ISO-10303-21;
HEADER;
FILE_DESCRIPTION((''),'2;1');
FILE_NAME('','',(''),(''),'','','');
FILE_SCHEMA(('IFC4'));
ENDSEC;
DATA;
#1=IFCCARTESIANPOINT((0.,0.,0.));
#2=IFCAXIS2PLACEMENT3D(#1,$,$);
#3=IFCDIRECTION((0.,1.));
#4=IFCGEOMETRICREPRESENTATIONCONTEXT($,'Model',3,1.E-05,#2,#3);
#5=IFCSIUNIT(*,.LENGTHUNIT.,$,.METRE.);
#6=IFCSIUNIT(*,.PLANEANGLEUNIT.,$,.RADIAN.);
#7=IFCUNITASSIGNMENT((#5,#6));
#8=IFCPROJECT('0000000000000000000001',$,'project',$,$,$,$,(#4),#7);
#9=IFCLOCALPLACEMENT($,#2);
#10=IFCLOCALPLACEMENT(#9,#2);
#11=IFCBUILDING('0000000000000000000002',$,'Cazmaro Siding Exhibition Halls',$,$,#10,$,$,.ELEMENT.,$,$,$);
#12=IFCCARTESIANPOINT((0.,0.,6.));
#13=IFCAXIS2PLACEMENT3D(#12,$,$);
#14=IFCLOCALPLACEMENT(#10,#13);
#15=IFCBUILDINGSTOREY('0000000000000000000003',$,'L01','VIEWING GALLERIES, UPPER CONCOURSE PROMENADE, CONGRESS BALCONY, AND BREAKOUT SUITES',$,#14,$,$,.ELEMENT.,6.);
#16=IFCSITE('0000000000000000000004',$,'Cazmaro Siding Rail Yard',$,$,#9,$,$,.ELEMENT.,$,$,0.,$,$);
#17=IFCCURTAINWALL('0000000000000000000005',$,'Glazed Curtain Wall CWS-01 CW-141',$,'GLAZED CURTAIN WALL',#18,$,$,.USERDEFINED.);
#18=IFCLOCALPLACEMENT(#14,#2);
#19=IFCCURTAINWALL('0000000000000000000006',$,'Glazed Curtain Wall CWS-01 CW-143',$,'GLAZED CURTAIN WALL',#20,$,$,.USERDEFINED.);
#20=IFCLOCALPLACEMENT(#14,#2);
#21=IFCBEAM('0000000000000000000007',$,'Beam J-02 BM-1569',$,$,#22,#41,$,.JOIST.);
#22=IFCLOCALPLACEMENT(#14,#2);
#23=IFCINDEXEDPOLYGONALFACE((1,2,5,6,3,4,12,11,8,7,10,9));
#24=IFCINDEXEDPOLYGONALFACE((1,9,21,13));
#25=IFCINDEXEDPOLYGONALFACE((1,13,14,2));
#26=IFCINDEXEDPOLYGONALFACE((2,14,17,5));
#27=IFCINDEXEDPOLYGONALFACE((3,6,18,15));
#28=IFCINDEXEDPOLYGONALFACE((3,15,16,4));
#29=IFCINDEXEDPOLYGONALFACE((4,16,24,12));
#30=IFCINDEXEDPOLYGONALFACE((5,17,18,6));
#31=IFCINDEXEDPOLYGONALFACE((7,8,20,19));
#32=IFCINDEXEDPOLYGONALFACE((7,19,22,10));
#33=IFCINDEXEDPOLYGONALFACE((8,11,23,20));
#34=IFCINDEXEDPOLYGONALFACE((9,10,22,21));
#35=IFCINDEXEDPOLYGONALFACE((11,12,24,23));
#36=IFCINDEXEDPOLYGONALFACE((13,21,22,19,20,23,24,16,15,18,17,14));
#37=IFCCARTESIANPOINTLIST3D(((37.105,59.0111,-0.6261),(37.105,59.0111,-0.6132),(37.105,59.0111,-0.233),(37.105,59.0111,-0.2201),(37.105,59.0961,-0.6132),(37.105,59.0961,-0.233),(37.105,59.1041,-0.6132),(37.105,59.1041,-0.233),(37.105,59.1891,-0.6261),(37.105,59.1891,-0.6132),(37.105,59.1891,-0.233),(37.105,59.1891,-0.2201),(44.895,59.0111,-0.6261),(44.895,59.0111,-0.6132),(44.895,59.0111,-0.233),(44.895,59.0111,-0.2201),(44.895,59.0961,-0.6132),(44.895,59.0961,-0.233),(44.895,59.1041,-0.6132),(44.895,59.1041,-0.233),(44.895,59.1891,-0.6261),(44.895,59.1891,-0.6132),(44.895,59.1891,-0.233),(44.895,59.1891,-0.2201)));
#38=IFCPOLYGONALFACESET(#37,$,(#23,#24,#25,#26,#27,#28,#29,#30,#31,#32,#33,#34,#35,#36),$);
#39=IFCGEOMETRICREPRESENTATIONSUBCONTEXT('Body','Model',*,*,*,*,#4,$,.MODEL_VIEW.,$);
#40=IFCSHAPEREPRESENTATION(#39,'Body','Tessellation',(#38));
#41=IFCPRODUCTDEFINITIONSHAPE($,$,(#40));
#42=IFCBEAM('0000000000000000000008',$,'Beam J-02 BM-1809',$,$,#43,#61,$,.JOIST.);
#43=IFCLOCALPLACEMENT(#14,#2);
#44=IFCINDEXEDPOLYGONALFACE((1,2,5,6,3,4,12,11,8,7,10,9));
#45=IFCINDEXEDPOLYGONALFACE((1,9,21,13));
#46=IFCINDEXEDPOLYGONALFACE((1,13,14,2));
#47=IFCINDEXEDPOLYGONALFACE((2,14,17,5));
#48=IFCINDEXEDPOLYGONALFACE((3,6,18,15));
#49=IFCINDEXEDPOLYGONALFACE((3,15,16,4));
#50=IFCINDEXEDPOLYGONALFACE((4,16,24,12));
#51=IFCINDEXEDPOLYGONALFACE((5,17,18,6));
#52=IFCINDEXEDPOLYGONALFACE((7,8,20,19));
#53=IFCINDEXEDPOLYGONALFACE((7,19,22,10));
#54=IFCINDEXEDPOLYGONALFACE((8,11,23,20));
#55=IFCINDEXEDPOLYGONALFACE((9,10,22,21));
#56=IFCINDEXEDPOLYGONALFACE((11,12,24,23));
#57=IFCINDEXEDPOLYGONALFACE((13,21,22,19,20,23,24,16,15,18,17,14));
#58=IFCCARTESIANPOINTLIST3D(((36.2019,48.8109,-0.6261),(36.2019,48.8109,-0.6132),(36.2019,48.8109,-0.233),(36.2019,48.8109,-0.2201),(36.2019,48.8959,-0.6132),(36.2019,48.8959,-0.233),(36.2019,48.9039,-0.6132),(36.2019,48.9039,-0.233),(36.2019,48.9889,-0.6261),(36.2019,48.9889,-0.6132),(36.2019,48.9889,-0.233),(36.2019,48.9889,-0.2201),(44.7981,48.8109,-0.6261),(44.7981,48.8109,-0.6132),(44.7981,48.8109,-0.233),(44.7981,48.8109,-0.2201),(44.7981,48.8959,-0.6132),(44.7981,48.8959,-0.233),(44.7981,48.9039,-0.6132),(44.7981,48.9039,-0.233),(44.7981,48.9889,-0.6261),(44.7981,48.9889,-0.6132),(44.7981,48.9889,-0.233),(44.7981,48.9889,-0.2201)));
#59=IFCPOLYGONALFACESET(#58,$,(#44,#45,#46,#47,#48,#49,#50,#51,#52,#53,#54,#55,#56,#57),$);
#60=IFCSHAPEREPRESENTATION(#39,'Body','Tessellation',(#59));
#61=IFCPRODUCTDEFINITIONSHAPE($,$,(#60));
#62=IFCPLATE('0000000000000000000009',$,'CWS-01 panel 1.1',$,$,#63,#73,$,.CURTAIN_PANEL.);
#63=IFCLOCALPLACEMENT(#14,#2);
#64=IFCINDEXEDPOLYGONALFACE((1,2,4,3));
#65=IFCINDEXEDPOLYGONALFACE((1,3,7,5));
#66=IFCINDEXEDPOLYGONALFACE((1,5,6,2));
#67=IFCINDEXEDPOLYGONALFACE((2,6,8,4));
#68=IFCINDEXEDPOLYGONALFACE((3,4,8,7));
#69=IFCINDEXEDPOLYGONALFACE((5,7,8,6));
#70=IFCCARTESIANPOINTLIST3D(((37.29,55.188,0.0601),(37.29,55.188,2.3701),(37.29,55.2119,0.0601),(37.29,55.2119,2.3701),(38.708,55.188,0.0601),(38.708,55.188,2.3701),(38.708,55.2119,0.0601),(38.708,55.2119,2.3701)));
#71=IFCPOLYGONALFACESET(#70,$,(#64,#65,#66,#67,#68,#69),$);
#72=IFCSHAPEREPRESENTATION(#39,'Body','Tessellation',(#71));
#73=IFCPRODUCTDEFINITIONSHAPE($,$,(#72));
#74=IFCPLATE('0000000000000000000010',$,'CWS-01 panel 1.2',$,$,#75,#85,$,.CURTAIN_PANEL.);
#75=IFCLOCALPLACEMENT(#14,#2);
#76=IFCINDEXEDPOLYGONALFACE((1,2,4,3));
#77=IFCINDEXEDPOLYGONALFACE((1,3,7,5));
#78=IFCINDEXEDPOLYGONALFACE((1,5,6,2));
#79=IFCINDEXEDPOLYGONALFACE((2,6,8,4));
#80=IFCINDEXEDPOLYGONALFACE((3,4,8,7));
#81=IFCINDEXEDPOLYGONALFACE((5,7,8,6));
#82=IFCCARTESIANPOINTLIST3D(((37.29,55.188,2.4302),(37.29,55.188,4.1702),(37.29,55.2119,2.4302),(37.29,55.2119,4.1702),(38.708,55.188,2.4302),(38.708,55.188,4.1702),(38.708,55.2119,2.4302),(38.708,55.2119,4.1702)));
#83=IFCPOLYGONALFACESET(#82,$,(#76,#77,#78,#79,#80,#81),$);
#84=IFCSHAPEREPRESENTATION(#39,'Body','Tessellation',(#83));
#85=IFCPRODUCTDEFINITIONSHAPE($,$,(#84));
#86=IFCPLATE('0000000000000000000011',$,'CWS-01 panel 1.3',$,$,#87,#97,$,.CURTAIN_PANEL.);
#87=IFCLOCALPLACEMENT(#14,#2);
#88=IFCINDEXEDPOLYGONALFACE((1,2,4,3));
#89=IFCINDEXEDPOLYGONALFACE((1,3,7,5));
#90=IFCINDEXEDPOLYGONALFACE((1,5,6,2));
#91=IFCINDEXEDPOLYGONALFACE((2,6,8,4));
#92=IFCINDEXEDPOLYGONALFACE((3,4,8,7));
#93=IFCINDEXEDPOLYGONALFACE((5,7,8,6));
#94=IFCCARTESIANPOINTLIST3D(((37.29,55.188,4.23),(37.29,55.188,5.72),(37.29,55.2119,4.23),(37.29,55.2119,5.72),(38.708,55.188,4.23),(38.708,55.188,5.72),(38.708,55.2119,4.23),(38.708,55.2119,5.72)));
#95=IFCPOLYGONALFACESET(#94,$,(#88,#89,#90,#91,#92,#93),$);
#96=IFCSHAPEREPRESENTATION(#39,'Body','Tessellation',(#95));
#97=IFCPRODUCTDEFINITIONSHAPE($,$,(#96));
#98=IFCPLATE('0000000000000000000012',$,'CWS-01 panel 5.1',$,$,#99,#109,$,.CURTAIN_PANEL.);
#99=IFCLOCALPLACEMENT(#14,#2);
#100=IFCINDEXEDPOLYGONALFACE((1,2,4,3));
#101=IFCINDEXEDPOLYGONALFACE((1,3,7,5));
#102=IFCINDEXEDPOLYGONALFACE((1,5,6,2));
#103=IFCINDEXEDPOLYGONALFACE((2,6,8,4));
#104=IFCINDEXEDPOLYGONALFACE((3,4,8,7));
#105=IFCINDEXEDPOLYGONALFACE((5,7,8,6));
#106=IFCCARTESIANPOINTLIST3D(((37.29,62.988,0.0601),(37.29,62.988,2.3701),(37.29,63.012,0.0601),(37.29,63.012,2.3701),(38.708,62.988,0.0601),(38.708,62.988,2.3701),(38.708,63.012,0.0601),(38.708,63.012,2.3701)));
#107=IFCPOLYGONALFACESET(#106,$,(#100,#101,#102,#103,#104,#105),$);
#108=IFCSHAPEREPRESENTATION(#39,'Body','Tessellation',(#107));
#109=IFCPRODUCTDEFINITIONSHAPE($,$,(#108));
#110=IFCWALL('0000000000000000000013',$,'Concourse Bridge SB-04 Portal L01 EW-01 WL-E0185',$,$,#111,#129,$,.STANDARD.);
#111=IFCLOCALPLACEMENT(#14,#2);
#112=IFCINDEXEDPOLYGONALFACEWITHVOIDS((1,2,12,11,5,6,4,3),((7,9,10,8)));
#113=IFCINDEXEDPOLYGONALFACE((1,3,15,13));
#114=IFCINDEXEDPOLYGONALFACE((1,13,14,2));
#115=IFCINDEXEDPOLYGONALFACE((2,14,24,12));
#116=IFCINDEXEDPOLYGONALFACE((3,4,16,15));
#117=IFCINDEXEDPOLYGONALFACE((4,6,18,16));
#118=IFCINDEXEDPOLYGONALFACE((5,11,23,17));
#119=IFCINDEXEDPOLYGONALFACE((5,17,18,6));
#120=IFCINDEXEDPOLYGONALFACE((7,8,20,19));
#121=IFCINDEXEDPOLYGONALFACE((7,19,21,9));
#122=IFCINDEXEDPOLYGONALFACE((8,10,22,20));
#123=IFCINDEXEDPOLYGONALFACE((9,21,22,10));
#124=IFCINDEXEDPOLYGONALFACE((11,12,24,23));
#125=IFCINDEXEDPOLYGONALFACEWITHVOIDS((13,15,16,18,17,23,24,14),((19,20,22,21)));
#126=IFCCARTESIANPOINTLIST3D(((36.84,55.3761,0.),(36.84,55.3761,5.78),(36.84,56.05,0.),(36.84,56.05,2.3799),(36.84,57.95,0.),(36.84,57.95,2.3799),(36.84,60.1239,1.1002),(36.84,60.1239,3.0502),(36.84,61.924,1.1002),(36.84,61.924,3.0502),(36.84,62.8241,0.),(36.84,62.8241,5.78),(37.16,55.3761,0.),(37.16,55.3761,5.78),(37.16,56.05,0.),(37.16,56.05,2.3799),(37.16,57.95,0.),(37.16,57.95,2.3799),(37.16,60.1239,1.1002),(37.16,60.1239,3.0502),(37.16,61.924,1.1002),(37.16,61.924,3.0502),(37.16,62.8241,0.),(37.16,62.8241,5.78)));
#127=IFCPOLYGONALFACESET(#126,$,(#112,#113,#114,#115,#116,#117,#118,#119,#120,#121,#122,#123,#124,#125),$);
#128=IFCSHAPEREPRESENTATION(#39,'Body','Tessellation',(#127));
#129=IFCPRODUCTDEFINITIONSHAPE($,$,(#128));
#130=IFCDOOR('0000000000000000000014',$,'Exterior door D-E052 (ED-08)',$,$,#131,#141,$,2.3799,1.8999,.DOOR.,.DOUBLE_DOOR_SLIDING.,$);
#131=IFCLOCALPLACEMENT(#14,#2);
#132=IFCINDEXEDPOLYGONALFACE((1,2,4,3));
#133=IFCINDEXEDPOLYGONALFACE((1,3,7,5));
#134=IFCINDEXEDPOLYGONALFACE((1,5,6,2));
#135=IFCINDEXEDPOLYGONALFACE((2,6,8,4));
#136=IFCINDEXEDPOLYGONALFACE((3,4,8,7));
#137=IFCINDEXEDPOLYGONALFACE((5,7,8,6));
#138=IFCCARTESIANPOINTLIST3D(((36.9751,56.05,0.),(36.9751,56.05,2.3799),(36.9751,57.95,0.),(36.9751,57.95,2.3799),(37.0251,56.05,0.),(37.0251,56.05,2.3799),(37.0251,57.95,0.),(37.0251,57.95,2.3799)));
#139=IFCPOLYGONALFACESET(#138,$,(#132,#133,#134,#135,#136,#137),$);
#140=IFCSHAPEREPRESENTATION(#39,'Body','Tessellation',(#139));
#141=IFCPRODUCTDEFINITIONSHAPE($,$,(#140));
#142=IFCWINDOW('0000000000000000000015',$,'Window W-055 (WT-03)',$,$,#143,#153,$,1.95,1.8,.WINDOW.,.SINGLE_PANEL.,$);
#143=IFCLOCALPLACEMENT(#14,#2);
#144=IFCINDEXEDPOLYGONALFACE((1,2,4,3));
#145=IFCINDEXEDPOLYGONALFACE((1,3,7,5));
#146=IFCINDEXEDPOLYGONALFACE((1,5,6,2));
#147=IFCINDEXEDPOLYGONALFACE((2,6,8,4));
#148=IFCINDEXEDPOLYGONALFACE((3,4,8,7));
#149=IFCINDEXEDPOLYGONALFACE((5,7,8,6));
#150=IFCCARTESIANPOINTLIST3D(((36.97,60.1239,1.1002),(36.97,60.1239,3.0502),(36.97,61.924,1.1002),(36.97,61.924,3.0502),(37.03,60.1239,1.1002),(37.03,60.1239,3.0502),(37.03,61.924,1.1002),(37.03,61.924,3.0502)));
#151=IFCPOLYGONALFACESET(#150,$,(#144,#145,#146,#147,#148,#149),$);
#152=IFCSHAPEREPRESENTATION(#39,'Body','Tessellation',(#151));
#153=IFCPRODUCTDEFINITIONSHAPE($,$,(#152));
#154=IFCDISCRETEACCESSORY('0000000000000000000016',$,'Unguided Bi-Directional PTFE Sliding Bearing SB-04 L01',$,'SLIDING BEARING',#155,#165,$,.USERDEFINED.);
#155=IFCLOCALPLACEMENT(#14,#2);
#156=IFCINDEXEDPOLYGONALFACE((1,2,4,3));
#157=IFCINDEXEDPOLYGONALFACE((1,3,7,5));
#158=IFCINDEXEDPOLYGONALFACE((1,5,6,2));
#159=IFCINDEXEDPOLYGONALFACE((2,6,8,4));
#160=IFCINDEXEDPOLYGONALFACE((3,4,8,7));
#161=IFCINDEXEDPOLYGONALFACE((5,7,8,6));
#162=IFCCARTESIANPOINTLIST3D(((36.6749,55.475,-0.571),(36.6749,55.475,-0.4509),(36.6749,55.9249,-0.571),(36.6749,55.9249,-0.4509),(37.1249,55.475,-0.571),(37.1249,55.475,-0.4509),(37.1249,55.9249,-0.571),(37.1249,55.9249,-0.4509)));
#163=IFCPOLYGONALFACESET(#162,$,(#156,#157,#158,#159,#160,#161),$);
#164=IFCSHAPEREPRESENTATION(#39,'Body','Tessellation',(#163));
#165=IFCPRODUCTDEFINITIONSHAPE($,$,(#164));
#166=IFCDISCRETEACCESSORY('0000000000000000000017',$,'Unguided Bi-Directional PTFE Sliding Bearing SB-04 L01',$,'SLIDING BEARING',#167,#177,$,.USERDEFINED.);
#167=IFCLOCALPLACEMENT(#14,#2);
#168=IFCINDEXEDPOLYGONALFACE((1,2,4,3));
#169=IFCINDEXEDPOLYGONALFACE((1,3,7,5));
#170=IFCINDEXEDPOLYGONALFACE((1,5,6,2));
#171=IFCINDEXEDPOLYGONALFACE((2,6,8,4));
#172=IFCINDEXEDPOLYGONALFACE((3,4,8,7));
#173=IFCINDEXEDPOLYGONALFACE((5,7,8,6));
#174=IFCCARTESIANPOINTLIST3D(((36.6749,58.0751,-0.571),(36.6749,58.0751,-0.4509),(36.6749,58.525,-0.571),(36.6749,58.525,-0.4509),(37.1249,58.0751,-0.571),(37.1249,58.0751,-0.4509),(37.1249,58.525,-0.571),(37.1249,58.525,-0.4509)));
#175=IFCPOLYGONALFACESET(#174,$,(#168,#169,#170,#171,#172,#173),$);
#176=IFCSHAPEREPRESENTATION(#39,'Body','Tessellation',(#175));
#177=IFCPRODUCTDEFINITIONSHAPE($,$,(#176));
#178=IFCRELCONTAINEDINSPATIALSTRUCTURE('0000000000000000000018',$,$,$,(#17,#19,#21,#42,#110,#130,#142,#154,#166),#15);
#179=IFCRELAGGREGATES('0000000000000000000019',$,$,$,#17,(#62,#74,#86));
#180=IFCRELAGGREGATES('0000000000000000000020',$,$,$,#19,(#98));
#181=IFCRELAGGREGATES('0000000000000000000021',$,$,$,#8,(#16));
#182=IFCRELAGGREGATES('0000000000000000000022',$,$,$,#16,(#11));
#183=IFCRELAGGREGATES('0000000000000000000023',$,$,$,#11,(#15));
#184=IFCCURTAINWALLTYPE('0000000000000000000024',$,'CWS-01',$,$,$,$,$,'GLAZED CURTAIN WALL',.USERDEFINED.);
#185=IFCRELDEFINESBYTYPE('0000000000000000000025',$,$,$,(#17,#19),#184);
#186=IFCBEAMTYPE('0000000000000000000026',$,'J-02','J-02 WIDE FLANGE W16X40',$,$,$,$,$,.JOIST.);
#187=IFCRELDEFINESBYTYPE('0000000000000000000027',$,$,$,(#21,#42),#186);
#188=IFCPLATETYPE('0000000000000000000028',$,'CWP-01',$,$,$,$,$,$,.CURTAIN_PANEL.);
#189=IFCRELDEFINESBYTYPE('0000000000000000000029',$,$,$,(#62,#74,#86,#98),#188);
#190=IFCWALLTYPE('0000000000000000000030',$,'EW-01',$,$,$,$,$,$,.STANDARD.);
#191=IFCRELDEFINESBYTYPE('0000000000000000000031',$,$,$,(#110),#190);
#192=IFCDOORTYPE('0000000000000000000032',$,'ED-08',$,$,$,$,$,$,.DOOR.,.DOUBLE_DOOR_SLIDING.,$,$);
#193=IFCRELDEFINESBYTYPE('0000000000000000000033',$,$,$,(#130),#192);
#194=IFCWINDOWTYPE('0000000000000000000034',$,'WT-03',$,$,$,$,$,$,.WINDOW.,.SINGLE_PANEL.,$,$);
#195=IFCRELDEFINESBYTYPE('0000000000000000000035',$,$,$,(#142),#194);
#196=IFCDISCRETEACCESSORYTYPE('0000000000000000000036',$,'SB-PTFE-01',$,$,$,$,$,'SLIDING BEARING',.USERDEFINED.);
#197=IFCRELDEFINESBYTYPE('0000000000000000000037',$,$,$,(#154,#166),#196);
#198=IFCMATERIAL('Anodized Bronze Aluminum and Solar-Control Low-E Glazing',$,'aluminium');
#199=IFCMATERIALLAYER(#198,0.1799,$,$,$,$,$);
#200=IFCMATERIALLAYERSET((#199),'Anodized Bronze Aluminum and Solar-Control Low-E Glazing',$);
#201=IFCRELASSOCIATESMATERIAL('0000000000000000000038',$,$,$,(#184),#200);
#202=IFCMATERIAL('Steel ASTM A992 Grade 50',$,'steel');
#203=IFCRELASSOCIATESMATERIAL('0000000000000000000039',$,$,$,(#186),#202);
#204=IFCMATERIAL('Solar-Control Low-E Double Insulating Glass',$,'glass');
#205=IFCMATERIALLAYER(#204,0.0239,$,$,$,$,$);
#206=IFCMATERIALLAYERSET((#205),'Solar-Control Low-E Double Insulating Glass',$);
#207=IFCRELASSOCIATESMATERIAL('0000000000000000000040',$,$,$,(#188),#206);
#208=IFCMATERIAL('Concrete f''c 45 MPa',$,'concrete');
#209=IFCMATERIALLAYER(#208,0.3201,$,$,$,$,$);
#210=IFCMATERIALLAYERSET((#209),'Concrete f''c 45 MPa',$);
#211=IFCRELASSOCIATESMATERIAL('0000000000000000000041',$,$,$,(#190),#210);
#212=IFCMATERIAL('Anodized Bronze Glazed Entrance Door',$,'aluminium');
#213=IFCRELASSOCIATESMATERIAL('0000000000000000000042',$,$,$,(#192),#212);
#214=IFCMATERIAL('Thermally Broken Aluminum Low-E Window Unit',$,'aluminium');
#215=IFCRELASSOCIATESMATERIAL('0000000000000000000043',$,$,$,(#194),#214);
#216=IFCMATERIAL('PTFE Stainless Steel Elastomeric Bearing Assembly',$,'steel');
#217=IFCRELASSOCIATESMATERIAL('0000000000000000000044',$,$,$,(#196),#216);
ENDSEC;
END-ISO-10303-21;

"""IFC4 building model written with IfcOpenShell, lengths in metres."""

from ifc_helpers import new_model, si_unit, direction, frame, frame_2d, origin, origin_2d, place, context, subcontext, project, spatial, rectangle, i_section, extrude, material, layer, layer_set, material_profile, profile_set, type_object, element, fill, aggregate, save


model = new_model("IFC4")

# Units and contexts
model_context = context("Model", 3, precision=1e-05, world=origin(), true_north=direction((0.0, 1.0)))
body_context = subcontext(model_context, "Body", "Model", "MODEL_VIEW")
ifc_project = project(units=[si_unit("LENGTHUNIT", "METRE"), si_unit("PLANEANGLEUNIT", "RADIAN")], contexts=[model_context])

# Site, building, storey
site_placement = place(None, origin())
site = spatial("IfcSite", under=ifc_project, at=site_placement, Name="Cazmaro Siding Rail Yard", CompositionType="ELEMENT", RefElevation=0.0)
building_placement = place(site_placement, origin())
building = spatial("IfcBuilding", under=site, at=building_placement, Name="Cazmaro Siding Exhibition Halls", CompositionType="ELEMENT")
storey_placement = place(building_placement, frame((0.0, 0.0, 6.0)))
storey = spatial("IfcBuildingStorey", under=building, at=storey_placement, Name="L01", Description="VIEWING GALLERIES, UPPER CONCOURSE PROMENADE, CONGRESS BALCONY, AND BREAKOUT SUITES", CompositionType="ELEMENT", Elevation=6.0)

# Curtain walls
ifc_material_1 = material(Name="Anodized Bronze Aluminum and Solar-Control Low-E Glazing", Category="aluminium")
ifc_layer_1 = layer(ifc_material_1, 0.1799)
ifc_layer_set_1 = layer_set([ifc_layer_1], Name="Anodized Bronze Aluminum and Solar-Control Low-E Glazing")
curtain_wall_type = type_object("IfcCurtainWallType", Name="CWS-01", ElementType="GLAZED CURTAIN WALL", PredefinedType="USERDEFINED", material=ifc_layer_set_1)
curtain_wall_1_placement = place(storey_placement, origin())
curtain_wall_1 = element("IfcCurtainWall", 1, at=curtain_wall_1_placement, inside=storey, type_object=curtain_wall_type, Name="Glazed Curtain Wall CWS-01 CW-141", ObjectType="GLAZED CURTAIN WALL", PredefinedType="USERDEFINED")
curtain_wall_2_placement = place(storey_placement, origin())
curtain_wall_2 = element("IfcCurtainWall", 2, at=curtain_wall_2_placement, inside=storey, type_object=curtain_wall_type, Name="Glazed Curtain Wall CWS-01 CW-143", ObjectType="GLAZED CURTAIN WALL", PredefinedType="USERDEFINED")

# Beams
ifc_material_2 = material(Name="Steel ASTM A992 Grade 50", Category="steel")
ifc_material_profile_1 = material_profile(ifc_material_2, i_section(OverallWidth=0.178, OverallDepth=0.406, WebThickness=0.0081, FlangeThickness=0.0129, at=origin_2d()), Name="W16X40")
ifc_profile_set_1 = profile_set([ifc_material_profile_1], Name="Steel ASTM A992 Grade 50")
beam_type_1 = type_object("IfcBeamType", Name="J-02", Description="J-02 WIDE FLANGE W16X40", PredefinedType="JOIST", material=ifc_profile_set_1)
beam_1_placement = place(storey_placement, frame((37.105, 59.1001, -0.4231), z_axis=(1.0, 0.0, 0.0), x_axis=(0.0, 1.0, 0.0)))
element("IfcBeam", 3, at=beam_1_placement, inside=storey, type_object=beam_type_1, Name="Beam J-02 BM-1569", PredefinedType="JOIST", context=body_context, shape_type="SweptSolid", body=[
    extrude(i_section(OverallWidth=0.178, OverallDepth=0.406, WebThickness=0.0081, FlangeThickness=0.0129, at=origin_2d()), origin(), (0.0, 0.0, 1.0), 7.79),
])
beam_2_placement = place(storey_placement, frame((36.2019, 48.8999, -0.4231), z_axis=(1.0, 0.0, 0.0), x_axis=(0.0, 1.0, 0.0)))
element("IfcBeam", 4, at=beam_2_placement, inside=storey, type_object=beam_type_1, Name="Beam J-02 BM-1809", PredefinedType="JOIST", context=body_context, shape_type="SweptSolid", body=[
    extrude(i_section(OverallWidth=0.178, OverallDepth=0.406, WebThickness=0.0081, FlangeThickness=0.0129, at=origin_2d()), origin(), (0.0, 0.0, 1.0), 8.5962),
])

# Plates
ifc_material_3 = material(Name="Solar-Control Low-E Double Insulating Glass", Category="glass")
ifc_layer_2 = layer(ifc_material_3, 0.0239)
ifc_layer_set_2 = layer_set([ifc_layer_2], Name="Solar-Control Low-E Double Insulating Glass")
plate_type = type_object("IfcPlateType", Name="CWP-01", PredefinedType="CURTAIN_PANEL", material=ifc_layer_set_2)
plate_1_placement = place(storey_placement, frame((37.999, 55.2, 0.0601), z_axis=(0.0, 0.0, 1.0), x_axis=(1.0, 0.0, 0.0)))
plate_1 = element("IfcPlate", 5, at=plate_1_placement, type_object=plate_type, Name="CWS-01 panel 1.1", PredefinedType="CURTAIN_PANEL", context=body_context, shape_type="SweptSolid", body=[
    extrude(rectangle(XDim=1.418, YDim=0.0239, at=origin_2d()), origin(), (0.0, 0.0, 1.0), 2.3101),
])
plate_2_placement = place(storey_placement, frame((37.999, 55.2, 2.4302), z_axis=(0.0, 0.0, 1.0), x_axis=(1.0, 0.0, 0.0)))
plate_2 = element("IfcPlate", 6, at=plate_2_placement, type_object=plate_type, Name="CWS-01 panel 1.2", PredefinedType="CURTAIN_PANEL", context=body_context, shape_type="SweptSolid", body=[
    extrude(rectangle(XDim=1.418, YDim=0.0239, at=origin_2d()), origin(), (0.0, 0.0, 1.0), 1.74),
])
plate_3_placement = place(storey_placement, frame((37.999, 55.2, 4.23), z_axis=(0.0, 0.0, 1.0), x_axis=(1.0, 0.0, 0.0)))
plate_3 = element("IfcPlate", 7, at=plate_3_placement, type_object=plate_type, Name="CWS-01 panel 1.3", PredefinedType="CURTAIN_PANEL", context=body_context, shape_type="SweptSolid", body=[
    extrude(rectangle(XDim=1.418, YDim=0.0239, at=origin_2d()), origin(), (0.0, 0.0, 1.0), 1.49),
])
aggregate(curtain_wall_1, [plate_1, plate_2, plate_3])
plate_4_placement = place(storey_placement, frame((37.999, 63.0, 0.0601), z_axis=(0.0, 0.0, 1.0), x_axis=(-1.0, 0.0, 0.0)))
plate_4 = element("IfcPlate", 8, at=plate_4_placement, type_object=plate_type, Name="CWS-01 panel 5.1", PredefinedType="CURTAIN_PANEL", context=body_context, shape_type="SweptSolid", body=[
    extrude(rectangle(XDim=1.418, YDim=0.0239, at=origin_2d()), origin(), (0.0, 0.0, 1.0), 2.3101),
])
aggregate(curtain_wall_2, [plate_4])

# Wall, openings, door, window
ifc_material_4 = material(Name="Concrete f'c 45 MPa", Category="concrete")
ifc_layer_3 = layer(ifc_material_4, 0.3201)
ifc_layer_set_3 = layer_set([ifc_layer_3], Name="Concrete f'c 45 MPa")
wall_type = type_object("IfcWallType", Name="EW-01", PredefinedType="STANDARD", material=ifc_layer_set_3)
wall_placement = place(storey_placement, frame((37.0, 55.376, 0.0), z_axis=(0.0, 0.0, 1.0), x_axis=(0.0, 1.0, 0.0)))
wall = element("IfcWall", 9, at=wall_placement, inside=storey, type_object=wall_type, Name="Concourse Bridge SB-04 Portal L01 EW-01 WL-E0185", PredefinedType="STANDARD", context=body_context, shape_type="SweptSolid", body=[
    extrude(rectangle(XDim=7.448, YDim=0.3201, at=frame_2d((3.7241, 0.0))), origin(), (0.0, 0.0, 1.0), 5.78),
])
opening_1_placement = place(wall_placement, frame((0.6741, 0.0, 0.0)))
opening_1 = element("IfcOpeningElement", 10, at=opening_1_placement, cuts=wall, PredefinedType="OPENING", context=body_context, shape_type="SweptSolid", body=[
    extrude(rectangle(XDim=1.8999, YDim=2.3799, at=frame_2d((0.95, 1.1899))), frame((0.0, 0.1699, 0.0), z_axis=(0.0, -1.0, 0.0), x_axis=(1.0, 0.0, 0.0)), (0.0, 0.0, 1.0), 0.3401),
])
opening_2_placement = place(wall_placement, frame((4.748, 0.0, 1.1001)))
opening_2 = element("IfcOpeningElement", 11, at=opening_2_placement, cuts=wall, PredefinedType="OPENING", context=body_context, shape_type="SweptSolid", body=[
    extrude(rectangle(XDim=1.8, YDim=1.95, at=frame_2d((0.8999, 0.9751))), frame((0.0, 0.1699, 0.0), z_axis=(0.0, -1.0, 0.0), x_axis=(1.0, 0.0, 0.0)), (0.0, 0.0, 1.0), 0.3401),
])
ifc_material_5 = material(Name="Anodized Bronze Glazed Entrance Door", Category="aluminium")
door_type = type_object("IfcDoorType", Name="ED-08", OperationType="DOUBLE_DOOR_SLIDING", PredefinedType="DOOR", material=ifc_material_5)
door_placement = place(opening_1_placement, origin())
door = element("IfcDoor", 12, at=door_placement, inside=storey, type_object=door_type, Name="Exterior door D-E052 (ED-08)", OperationType="DOUBLE_DOOR_SLIDING", OverallHeight=2.3799, OverallWidth=1.8999, PredefinedType="DOOR", context=body_context, shape_type="SweptSolid", body=[
    extrude(rectangle(XDim=1.8999, YDim=2.3799, at=frame_2d((0.95, 1.1899))), frame((0.0, 0.0249, 0.0), z_axis=(0.0, -1.0, 0.0), x_axis=(1.0, 0.0, 0.0)), (0.0, 0.0, 1.0), 0.05),
])
fill(opening_1, door)
ifc_material_6 = material(Name="Thermally Broken Aluminum Low-E Window Unit", Category="aluminium")
window_type = type_object("IfcWindowType", Name="WT-03", PartitioningType="SINGLE_PANEL", PredefinedType="WINDOW", material=ifc_material_6)
window_placement = place(opening_2_placement, origin())
window = element("IfcWindow", 13, at=window_placement, inside=storey, type_object=window_type, Name="Window W-055 (WT-03)", OverallHeight=1.95, OverallWidth=1.8, PartitioningType="SINGLE_PANEL", PredefinedType="WINDOW", context=body_context, shape_type="SweptSolid", body=[
    extrude(rectangle(XDim=1.8, YDim=1.95, at=frame_2d((0.8999, 0.9751))), frame((0.0, 0.03, 0.0), z_axis=(0.0, -1.0, 0.0), x_axis=(1.0, 0.0, 0.0)), (0.0, 0.0, 1.0), 0.0601),
])
fill(opening_2, window)

# Discrete accessories
ifc_material_7 = material(Name="PTFE Stainless Steel Elastomeric Bearing Assembly", Category="steel")
discrete_accessory_type_1 = type_object("IfcDiscreteAccessoryType", Name="SB-PTFE-01", ElementType="SLIDING BEARING", PredefinedType="USERDEFINED", material=ifc_material_7)
for number, where, z_axis, x_axis, name in (
    (14, (36.8999, 55.7, -0.571), (0.0, 0.0, 1.0), (1.0, 0.0, 0.0), "Unguided Bi-Directional PTFE Sliding Bearing SB-04 L01"),
    (15, (36.8999, 58.3, -0.571), (0.0, 0.0, 1.0), (1.0, 0.0, 0.0), "Unguided Bi-Directional PTFE Sliding Bearing SB-04 L01"),
):
    element("IfcDiscreteAccessory", number, at=place(storey_placement, frame(where, z_axis=z_axis, x_axis=x_axis)), inside=storey, type_object=discrete_accessory_type_1, Name=name, ObjectType="SLIDING BEARING", PredefinedType="USERDEFINED", context=body_context, shape_type="SweptSolid", body=[
        extrude(rectangle(XDim=0.45, YDim=0.45, at=origin_2d()), origin(), (0.0, 0.0, 1.0), 0.1201),
    ])

save(model, "model.ifc")
